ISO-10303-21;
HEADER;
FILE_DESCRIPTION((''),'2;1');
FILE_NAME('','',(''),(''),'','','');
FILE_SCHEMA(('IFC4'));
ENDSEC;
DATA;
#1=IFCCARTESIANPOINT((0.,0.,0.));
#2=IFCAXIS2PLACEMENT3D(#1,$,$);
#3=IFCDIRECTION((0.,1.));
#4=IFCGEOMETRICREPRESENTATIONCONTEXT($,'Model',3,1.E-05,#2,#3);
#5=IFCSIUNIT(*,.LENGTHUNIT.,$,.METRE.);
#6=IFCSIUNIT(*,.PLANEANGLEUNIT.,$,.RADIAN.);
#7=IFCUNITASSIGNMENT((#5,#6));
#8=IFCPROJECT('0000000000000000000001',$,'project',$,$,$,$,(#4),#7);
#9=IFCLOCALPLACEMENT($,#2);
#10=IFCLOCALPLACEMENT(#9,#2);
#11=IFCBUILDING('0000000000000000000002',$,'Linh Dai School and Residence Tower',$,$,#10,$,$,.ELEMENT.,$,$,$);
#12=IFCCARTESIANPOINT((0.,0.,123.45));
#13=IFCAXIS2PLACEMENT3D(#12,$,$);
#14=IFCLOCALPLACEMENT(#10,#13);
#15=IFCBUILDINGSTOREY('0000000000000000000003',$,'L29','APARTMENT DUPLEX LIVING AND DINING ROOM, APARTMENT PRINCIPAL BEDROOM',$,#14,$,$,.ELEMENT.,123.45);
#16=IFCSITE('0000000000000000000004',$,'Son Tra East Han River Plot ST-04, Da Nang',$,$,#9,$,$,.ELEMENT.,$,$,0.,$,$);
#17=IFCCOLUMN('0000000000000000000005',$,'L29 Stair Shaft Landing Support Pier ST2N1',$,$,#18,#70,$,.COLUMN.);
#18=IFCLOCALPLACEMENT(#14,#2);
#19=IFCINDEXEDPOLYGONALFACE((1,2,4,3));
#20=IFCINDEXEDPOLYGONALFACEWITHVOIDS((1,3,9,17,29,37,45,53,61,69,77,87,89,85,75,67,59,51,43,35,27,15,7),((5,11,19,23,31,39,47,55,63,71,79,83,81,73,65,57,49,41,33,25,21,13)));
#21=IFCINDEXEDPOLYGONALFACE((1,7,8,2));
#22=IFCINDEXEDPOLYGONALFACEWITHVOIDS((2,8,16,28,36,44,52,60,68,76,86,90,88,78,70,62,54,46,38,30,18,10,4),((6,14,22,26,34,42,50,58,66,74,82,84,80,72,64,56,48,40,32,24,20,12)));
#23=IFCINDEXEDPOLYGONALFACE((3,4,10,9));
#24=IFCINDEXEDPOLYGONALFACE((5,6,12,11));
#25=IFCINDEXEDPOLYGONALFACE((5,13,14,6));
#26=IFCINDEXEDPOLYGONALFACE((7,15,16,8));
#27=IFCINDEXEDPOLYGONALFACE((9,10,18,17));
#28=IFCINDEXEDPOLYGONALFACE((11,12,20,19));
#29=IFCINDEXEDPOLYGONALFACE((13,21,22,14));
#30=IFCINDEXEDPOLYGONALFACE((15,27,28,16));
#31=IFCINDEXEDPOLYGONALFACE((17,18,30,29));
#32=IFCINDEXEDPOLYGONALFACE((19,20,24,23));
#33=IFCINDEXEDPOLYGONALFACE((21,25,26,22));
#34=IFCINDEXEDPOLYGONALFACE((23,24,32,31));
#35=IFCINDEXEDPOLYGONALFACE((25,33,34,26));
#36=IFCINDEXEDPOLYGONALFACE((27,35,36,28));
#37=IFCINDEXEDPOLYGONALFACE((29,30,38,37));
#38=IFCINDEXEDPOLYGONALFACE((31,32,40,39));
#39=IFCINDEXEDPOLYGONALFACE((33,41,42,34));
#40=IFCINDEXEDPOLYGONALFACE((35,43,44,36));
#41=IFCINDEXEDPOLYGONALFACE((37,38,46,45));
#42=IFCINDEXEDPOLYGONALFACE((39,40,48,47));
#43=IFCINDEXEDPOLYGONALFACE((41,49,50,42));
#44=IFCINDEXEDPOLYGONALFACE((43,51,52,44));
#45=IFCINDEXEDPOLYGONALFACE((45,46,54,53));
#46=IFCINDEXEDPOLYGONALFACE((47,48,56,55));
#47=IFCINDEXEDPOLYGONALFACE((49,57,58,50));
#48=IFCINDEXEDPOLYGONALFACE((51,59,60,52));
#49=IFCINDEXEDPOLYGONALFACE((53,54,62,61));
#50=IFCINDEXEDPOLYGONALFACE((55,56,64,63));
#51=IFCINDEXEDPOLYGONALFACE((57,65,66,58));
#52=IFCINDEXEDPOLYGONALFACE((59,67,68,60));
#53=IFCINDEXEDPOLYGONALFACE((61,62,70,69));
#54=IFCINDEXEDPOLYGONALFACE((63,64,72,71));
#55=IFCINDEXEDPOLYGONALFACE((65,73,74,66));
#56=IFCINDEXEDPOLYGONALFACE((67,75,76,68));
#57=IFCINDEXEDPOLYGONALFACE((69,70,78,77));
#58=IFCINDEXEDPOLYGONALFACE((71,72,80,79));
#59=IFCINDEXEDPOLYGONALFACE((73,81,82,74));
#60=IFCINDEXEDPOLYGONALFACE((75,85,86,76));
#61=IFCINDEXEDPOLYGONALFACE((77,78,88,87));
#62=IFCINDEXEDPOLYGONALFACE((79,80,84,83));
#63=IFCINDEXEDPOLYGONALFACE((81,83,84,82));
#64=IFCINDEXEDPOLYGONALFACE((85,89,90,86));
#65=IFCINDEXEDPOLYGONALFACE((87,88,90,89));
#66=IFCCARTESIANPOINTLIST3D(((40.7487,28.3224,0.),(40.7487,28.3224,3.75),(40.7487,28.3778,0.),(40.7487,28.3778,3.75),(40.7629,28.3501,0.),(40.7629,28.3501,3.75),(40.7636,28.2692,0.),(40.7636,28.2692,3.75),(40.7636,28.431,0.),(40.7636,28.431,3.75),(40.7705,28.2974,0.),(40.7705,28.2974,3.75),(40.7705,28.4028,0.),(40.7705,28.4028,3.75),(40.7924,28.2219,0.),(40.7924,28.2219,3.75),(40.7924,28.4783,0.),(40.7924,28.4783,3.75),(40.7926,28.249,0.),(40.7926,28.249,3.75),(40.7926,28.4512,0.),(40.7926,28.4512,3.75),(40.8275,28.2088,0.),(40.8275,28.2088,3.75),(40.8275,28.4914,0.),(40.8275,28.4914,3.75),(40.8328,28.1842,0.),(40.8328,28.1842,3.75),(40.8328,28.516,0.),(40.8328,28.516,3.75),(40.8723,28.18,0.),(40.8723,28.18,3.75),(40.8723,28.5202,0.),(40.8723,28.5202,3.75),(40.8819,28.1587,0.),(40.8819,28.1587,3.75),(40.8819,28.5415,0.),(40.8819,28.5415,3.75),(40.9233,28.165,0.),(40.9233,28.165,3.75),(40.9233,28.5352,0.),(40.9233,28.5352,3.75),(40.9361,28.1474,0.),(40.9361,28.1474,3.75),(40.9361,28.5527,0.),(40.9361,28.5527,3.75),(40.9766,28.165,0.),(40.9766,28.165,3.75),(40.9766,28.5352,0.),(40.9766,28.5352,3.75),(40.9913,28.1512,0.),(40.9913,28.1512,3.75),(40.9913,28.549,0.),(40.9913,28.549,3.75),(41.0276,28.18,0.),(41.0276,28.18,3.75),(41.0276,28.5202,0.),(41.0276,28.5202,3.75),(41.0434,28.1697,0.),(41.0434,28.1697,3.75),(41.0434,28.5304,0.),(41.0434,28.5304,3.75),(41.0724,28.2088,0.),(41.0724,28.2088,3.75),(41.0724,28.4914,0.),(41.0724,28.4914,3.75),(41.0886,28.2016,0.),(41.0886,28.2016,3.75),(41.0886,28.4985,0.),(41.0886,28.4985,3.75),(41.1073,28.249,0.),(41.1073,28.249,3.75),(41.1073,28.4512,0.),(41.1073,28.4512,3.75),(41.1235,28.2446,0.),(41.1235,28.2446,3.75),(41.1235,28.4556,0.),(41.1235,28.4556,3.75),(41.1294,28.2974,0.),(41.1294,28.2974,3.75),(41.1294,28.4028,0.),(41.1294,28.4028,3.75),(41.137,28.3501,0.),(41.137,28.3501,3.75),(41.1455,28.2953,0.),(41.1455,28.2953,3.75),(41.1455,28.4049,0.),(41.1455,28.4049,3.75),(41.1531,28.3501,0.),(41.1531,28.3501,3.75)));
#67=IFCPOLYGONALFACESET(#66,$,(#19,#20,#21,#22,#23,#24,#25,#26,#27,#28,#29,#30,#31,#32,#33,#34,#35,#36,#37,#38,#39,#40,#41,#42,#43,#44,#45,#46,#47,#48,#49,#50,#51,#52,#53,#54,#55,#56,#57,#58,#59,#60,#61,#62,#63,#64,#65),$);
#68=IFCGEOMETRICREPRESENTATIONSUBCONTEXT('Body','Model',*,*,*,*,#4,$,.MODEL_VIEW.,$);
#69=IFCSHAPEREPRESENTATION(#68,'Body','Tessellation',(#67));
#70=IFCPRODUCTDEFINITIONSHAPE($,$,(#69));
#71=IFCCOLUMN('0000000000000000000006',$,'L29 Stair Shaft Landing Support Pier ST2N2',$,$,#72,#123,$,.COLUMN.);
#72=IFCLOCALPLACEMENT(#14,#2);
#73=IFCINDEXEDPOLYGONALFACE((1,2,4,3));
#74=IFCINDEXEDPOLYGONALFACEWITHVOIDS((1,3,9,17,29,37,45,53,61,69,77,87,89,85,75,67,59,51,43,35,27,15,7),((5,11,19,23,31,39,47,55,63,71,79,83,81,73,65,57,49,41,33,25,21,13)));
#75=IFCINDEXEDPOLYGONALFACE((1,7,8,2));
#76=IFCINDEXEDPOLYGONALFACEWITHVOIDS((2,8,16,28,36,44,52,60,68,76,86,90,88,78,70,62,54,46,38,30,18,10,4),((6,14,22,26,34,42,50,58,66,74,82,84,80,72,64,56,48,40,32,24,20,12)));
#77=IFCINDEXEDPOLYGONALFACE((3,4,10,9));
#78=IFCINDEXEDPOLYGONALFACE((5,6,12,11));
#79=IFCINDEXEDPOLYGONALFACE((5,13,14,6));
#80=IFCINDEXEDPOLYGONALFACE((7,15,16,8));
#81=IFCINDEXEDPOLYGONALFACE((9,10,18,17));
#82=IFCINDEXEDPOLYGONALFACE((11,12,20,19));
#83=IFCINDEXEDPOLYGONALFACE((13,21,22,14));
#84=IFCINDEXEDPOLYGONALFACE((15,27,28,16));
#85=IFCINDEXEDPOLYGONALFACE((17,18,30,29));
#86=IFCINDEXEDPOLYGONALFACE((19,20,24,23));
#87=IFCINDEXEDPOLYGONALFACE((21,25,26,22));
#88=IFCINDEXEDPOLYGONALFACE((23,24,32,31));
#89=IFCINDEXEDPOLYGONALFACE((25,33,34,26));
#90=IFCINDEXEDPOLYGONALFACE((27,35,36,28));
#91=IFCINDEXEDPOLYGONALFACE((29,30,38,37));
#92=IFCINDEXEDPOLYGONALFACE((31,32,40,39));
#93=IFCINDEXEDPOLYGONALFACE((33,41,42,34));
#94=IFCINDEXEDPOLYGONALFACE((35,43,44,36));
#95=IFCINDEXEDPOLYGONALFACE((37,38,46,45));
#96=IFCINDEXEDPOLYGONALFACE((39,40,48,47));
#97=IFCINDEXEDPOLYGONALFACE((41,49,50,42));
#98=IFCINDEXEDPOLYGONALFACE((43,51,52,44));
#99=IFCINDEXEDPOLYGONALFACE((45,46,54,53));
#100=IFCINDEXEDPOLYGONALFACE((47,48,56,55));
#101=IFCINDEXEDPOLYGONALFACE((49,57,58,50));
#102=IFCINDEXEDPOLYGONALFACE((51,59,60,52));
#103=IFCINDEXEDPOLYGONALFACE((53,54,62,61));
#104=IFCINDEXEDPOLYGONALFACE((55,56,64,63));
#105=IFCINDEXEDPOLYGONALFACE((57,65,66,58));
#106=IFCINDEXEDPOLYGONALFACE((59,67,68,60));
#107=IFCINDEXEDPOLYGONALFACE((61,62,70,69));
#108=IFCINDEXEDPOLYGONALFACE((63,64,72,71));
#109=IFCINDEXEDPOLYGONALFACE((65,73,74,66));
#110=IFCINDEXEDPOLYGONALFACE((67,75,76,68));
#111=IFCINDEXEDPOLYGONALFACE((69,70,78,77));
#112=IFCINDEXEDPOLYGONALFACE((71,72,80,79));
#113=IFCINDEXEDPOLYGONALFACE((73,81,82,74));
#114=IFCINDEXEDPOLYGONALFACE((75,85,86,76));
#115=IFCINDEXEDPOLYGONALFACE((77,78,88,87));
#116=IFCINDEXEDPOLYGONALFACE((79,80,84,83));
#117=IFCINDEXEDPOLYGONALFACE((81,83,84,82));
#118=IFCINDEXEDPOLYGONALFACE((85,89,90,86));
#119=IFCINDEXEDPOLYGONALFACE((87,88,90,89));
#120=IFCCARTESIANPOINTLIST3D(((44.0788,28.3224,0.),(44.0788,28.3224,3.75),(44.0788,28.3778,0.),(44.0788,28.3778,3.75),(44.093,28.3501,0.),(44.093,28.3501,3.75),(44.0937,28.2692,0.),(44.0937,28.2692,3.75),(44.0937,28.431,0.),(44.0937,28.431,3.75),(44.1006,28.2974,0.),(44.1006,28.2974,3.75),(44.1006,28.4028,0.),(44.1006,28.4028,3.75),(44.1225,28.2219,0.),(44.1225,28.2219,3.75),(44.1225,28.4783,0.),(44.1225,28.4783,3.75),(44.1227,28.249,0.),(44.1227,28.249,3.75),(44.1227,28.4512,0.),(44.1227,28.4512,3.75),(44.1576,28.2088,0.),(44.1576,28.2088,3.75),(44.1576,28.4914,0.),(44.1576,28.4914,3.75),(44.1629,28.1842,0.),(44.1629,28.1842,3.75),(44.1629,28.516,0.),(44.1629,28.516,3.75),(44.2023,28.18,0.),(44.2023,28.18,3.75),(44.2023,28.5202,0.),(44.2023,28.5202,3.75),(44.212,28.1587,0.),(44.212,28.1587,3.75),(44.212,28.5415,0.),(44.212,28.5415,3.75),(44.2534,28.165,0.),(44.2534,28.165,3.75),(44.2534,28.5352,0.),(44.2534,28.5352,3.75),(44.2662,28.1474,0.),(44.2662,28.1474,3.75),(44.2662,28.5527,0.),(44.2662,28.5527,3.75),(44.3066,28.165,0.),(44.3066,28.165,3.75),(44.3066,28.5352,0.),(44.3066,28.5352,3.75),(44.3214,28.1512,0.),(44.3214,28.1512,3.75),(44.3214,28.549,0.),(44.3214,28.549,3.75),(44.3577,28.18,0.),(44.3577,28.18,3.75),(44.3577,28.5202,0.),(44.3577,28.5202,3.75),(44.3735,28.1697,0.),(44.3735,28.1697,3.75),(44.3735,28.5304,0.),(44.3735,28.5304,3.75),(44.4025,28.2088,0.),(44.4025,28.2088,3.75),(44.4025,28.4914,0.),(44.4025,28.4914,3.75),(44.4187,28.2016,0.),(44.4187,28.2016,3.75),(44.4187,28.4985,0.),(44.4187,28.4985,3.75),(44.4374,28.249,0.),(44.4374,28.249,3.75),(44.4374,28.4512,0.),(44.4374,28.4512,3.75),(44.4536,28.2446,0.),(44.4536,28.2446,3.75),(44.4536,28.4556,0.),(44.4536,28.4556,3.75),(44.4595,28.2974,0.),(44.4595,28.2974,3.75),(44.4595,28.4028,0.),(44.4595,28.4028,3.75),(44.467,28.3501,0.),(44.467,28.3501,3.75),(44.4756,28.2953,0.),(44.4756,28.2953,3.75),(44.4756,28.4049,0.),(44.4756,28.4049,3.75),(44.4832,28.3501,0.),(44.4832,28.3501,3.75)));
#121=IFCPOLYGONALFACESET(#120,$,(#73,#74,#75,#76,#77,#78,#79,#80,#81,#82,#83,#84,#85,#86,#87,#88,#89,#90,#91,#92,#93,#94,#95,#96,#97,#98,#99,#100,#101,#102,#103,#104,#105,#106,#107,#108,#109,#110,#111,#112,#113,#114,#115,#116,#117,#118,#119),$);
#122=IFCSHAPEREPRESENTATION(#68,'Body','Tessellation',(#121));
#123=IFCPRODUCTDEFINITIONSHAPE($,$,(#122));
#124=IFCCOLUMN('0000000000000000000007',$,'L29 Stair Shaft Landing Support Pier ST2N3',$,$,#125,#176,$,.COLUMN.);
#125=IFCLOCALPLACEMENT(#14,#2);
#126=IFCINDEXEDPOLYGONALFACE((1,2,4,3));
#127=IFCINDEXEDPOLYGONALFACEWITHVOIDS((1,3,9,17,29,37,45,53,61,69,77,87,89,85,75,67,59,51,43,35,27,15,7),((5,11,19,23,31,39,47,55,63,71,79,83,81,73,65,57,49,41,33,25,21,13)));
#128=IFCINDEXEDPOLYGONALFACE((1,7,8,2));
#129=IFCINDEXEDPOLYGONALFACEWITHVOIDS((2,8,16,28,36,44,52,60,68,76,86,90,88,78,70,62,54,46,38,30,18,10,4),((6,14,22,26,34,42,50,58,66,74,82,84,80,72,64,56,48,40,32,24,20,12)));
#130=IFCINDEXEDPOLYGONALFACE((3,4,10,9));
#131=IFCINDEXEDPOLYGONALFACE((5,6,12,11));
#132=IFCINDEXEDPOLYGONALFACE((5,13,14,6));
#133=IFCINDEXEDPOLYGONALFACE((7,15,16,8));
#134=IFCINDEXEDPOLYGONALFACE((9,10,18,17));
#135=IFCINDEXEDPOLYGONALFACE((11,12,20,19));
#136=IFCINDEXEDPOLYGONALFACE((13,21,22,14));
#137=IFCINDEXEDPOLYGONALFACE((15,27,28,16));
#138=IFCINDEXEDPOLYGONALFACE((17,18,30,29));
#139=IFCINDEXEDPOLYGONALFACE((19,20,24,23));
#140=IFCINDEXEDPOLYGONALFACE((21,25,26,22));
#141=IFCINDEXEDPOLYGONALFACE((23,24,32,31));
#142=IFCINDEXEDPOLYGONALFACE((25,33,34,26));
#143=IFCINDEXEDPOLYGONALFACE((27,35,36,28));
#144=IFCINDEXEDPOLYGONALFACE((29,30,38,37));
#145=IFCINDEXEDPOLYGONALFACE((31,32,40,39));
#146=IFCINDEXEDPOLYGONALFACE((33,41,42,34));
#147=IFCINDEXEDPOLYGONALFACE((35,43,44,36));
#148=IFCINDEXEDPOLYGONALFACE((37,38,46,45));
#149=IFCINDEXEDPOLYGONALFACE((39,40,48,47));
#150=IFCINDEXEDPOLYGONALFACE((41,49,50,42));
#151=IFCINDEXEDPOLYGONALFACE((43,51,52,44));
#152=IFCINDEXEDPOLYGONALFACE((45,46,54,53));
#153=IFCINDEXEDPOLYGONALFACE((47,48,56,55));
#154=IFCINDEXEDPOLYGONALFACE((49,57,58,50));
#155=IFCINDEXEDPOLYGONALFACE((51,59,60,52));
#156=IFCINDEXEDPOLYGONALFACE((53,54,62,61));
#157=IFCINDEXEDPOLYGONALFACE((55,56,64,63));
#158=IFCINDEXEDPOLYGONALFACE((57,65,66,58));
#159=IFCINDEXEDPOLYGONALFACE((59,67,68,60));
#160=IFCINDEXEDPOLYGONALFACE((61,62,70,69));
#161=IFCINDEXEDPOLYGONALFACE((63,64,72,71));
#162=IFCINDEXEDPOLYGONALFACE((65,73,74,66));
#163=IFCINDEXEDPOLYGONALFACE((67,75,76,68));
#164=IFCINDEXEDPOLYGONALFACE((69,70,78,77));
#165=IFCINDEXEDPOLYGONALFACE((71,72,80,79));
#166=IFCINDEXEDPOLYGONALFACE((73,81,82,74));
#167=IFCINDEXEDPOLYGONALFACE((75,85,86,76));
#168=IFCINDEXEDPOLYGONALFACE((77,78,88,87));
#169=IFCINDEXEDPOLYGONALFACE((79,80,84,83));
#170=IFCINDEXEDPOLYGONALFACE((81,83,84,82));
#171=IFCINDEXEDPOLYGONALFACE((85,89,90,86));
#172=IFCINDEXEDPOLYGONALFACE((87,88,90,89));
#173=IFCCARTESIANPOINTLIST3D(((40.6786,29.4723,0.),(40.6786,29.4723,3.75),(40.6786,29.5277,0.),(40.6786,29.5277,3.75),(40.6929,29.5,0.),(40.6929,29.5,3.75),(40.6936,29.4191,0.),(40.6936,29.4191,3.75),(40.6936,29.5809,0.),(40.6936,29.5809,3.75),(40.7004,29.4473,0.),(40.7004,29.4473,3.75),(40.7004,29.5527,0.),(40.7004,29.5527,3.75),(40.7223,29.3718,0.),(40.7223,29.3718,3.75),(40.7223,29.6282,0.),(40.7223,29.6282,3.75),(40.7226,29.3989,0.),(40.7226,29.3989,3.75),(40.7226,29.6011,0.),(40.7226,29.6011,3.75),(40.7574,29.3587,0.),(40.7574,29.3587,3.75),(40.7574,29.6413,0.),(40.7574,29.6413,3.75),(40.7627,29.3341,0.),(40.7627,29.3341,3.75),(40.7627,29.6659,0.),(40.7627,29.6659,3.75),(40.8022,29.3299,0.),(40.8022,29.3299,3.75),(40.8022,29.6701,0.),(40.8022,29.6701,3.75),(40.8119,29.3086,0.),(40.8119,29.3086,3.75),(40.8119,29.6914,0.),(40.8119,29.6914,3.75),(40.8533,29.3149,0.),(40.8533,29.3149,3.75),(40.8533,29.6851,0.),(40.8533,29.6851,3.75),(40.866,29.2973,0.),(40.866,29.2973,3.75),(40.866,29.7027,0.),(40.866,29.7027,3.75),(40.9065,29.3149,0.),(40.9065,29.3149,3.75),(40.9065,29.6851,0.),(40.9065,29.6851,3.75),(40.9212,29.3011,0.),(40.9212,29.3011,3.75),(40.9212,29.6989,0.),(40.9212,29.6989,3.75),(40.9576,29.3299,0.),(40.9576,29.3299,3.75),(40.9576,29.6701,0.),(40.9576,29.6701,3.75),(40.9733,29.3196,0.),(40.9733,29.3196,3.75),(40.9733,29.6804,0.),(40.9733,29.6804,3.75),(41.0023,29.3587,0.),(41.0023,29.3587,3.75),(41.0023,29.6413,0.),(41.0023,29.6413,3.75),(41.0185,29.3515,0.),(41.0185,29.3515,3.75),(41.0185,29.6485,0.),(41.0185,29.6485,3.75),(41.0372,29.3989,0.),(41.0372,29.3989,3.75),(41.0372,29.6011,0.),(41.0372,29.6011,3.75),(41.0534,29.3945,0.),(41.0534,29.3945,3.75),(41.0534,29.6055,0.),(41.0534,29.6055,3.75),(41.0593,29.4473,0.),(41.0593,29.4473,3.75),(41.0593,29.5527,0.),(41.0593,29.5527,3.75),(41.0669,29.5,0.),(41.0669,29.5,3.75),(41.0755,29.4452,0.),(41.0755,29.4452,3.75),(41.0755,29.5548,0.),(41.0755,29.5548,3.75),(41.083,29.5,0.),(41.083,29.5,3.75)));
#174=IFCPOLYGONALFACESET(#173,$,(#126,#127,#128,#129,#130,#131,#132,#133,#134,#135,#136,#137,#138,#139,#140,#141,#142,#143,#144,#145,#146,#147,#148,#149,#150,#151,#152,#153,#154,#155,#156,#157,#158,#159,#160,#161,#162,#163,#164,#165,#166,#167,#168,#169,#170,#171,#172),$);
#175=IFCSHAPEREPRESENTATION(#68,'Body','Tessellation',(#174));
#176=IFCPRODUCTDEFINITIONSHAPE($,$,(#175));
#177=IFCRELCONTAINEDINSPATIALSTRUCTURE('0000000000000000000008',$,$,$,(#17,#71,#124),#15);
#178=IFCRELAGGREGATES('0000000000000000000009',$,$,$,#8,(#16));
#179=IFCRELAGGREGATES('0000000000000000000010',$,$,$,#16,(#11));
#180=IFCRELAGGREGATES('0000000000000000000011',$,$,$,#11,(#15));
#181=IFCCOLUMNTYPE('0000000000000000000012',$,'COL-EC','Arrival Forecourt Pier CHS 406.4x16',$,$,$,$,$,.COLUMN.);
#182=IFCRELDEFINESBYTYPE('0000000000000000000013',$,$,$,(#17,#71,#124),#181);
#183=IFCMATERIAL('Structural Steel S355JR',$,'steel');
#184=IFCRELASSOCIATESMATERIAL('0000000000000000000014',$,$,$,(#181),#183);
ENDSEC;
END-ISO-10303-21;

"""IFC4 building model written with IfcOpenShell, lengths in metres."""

from ifc_helpers import new_model, si_unit, direction, frame, origin, origin_2d, place, context, subcontext, project, spatial, hollow_circle, extrude, material, material_profile, profile_set, type_object, element, save


model = new_model("IFC4")

# Units and contexts
model_context = context("Model", 3, precision=1e-05, world=origin(), true_north=direction((0.0, 1.0)))
body_context = subcontext(model_context, "Body", "Model", "MODEL_VIEW")
ifc_project = project(units=[si_unit("LENGTHUNIT", "METRE"), si_unit("PLANEANGLEUNIT", "RADIAN")], contexts=[model_context])

# Site, building, storey
site_placement = place(None, origin())
site = spatial("IfcSite", under=ifc_project, at=site_placement, Name="Son Tra East Han River Plot ST-04, Da Nang", CompositionType="ELEMENT", RefElevation=0.0)
building_placement = place(site_placement, origin())
building = spatial("IfcBuilding", under=site, at=building_placement, Name="Linh Dai School and Residence Tower", CompositionType="ELEMENT")
storey_placement = place(building_placement, frame((0.0, 0.0, 123.45)))
storey = spatial("IfcBuildingStorey", under=building, at=storey_placement, Name="L29", Description="APARTMENT DUPLEX LIVING AND DINING ROOM, APARTMENT PRINCIPAL BEDROOM", CompositionType="ELEMENT", Elevation=123.45)

# Columns
ifc_material_1 = material(Name="Structural Steel S355JR", Category="steel")
ifc_material_profile_1 = material_profile(ifc_material_1, hollow_circle(Radius=0.2031, WallThickness=0.0161, at=origin_2d()), Name="CHS 406.4x16")
ifc_profile_set_1 = profile_set([ifc_material_profile_1], Name="Structural Steel S355JR")
column_type_1 = type_object("IfcColumnType", Name="COL-EC", Description="Arrival Forecourt Pier CHS 406.4x16", PredefinedType="COLUMN", material=ifc_profile_set_1)
for number, where, z_axis, x_axis, name in (
    (1, (40.95, 28.3501, 0.0), (0.0, 0.0, 1.0), (1.0, 0.0, 0.0), "L29 Stair Shaft Landing Support Pier ST2N1"),
    (2, (44.28, 28.3501, 0.0), (0.0, 0.0, 1.0), (1.0, 0.0, 0.0), "L29 Stair Shaft Landing Support Pier ST2N2"),
    (3, (40.8799, 29.5, 0.0), (0.0, 0.0, 1.0), (1.0, 0.0, 0.0), "L29 Stair Shaft Landing Support Pier ST2N3"),
):
    element("IfcColumn", number, at=place(storey_placement, frame(where, z_axis=z_axis, x_axis=x_axis)), inside=storey, type_object=column_type_1, Name=name, PredefinedType="COLUMN", context=body_context, shape_type="SweptSolid", body=[
        extrude(hollow_circle(Radius=0.2031, WallThickness=0.0161, at=origin_2d()), origin(), (0.0, 0.0, 1.0), 3.75),
    ])

save(model, "model.ifc")
